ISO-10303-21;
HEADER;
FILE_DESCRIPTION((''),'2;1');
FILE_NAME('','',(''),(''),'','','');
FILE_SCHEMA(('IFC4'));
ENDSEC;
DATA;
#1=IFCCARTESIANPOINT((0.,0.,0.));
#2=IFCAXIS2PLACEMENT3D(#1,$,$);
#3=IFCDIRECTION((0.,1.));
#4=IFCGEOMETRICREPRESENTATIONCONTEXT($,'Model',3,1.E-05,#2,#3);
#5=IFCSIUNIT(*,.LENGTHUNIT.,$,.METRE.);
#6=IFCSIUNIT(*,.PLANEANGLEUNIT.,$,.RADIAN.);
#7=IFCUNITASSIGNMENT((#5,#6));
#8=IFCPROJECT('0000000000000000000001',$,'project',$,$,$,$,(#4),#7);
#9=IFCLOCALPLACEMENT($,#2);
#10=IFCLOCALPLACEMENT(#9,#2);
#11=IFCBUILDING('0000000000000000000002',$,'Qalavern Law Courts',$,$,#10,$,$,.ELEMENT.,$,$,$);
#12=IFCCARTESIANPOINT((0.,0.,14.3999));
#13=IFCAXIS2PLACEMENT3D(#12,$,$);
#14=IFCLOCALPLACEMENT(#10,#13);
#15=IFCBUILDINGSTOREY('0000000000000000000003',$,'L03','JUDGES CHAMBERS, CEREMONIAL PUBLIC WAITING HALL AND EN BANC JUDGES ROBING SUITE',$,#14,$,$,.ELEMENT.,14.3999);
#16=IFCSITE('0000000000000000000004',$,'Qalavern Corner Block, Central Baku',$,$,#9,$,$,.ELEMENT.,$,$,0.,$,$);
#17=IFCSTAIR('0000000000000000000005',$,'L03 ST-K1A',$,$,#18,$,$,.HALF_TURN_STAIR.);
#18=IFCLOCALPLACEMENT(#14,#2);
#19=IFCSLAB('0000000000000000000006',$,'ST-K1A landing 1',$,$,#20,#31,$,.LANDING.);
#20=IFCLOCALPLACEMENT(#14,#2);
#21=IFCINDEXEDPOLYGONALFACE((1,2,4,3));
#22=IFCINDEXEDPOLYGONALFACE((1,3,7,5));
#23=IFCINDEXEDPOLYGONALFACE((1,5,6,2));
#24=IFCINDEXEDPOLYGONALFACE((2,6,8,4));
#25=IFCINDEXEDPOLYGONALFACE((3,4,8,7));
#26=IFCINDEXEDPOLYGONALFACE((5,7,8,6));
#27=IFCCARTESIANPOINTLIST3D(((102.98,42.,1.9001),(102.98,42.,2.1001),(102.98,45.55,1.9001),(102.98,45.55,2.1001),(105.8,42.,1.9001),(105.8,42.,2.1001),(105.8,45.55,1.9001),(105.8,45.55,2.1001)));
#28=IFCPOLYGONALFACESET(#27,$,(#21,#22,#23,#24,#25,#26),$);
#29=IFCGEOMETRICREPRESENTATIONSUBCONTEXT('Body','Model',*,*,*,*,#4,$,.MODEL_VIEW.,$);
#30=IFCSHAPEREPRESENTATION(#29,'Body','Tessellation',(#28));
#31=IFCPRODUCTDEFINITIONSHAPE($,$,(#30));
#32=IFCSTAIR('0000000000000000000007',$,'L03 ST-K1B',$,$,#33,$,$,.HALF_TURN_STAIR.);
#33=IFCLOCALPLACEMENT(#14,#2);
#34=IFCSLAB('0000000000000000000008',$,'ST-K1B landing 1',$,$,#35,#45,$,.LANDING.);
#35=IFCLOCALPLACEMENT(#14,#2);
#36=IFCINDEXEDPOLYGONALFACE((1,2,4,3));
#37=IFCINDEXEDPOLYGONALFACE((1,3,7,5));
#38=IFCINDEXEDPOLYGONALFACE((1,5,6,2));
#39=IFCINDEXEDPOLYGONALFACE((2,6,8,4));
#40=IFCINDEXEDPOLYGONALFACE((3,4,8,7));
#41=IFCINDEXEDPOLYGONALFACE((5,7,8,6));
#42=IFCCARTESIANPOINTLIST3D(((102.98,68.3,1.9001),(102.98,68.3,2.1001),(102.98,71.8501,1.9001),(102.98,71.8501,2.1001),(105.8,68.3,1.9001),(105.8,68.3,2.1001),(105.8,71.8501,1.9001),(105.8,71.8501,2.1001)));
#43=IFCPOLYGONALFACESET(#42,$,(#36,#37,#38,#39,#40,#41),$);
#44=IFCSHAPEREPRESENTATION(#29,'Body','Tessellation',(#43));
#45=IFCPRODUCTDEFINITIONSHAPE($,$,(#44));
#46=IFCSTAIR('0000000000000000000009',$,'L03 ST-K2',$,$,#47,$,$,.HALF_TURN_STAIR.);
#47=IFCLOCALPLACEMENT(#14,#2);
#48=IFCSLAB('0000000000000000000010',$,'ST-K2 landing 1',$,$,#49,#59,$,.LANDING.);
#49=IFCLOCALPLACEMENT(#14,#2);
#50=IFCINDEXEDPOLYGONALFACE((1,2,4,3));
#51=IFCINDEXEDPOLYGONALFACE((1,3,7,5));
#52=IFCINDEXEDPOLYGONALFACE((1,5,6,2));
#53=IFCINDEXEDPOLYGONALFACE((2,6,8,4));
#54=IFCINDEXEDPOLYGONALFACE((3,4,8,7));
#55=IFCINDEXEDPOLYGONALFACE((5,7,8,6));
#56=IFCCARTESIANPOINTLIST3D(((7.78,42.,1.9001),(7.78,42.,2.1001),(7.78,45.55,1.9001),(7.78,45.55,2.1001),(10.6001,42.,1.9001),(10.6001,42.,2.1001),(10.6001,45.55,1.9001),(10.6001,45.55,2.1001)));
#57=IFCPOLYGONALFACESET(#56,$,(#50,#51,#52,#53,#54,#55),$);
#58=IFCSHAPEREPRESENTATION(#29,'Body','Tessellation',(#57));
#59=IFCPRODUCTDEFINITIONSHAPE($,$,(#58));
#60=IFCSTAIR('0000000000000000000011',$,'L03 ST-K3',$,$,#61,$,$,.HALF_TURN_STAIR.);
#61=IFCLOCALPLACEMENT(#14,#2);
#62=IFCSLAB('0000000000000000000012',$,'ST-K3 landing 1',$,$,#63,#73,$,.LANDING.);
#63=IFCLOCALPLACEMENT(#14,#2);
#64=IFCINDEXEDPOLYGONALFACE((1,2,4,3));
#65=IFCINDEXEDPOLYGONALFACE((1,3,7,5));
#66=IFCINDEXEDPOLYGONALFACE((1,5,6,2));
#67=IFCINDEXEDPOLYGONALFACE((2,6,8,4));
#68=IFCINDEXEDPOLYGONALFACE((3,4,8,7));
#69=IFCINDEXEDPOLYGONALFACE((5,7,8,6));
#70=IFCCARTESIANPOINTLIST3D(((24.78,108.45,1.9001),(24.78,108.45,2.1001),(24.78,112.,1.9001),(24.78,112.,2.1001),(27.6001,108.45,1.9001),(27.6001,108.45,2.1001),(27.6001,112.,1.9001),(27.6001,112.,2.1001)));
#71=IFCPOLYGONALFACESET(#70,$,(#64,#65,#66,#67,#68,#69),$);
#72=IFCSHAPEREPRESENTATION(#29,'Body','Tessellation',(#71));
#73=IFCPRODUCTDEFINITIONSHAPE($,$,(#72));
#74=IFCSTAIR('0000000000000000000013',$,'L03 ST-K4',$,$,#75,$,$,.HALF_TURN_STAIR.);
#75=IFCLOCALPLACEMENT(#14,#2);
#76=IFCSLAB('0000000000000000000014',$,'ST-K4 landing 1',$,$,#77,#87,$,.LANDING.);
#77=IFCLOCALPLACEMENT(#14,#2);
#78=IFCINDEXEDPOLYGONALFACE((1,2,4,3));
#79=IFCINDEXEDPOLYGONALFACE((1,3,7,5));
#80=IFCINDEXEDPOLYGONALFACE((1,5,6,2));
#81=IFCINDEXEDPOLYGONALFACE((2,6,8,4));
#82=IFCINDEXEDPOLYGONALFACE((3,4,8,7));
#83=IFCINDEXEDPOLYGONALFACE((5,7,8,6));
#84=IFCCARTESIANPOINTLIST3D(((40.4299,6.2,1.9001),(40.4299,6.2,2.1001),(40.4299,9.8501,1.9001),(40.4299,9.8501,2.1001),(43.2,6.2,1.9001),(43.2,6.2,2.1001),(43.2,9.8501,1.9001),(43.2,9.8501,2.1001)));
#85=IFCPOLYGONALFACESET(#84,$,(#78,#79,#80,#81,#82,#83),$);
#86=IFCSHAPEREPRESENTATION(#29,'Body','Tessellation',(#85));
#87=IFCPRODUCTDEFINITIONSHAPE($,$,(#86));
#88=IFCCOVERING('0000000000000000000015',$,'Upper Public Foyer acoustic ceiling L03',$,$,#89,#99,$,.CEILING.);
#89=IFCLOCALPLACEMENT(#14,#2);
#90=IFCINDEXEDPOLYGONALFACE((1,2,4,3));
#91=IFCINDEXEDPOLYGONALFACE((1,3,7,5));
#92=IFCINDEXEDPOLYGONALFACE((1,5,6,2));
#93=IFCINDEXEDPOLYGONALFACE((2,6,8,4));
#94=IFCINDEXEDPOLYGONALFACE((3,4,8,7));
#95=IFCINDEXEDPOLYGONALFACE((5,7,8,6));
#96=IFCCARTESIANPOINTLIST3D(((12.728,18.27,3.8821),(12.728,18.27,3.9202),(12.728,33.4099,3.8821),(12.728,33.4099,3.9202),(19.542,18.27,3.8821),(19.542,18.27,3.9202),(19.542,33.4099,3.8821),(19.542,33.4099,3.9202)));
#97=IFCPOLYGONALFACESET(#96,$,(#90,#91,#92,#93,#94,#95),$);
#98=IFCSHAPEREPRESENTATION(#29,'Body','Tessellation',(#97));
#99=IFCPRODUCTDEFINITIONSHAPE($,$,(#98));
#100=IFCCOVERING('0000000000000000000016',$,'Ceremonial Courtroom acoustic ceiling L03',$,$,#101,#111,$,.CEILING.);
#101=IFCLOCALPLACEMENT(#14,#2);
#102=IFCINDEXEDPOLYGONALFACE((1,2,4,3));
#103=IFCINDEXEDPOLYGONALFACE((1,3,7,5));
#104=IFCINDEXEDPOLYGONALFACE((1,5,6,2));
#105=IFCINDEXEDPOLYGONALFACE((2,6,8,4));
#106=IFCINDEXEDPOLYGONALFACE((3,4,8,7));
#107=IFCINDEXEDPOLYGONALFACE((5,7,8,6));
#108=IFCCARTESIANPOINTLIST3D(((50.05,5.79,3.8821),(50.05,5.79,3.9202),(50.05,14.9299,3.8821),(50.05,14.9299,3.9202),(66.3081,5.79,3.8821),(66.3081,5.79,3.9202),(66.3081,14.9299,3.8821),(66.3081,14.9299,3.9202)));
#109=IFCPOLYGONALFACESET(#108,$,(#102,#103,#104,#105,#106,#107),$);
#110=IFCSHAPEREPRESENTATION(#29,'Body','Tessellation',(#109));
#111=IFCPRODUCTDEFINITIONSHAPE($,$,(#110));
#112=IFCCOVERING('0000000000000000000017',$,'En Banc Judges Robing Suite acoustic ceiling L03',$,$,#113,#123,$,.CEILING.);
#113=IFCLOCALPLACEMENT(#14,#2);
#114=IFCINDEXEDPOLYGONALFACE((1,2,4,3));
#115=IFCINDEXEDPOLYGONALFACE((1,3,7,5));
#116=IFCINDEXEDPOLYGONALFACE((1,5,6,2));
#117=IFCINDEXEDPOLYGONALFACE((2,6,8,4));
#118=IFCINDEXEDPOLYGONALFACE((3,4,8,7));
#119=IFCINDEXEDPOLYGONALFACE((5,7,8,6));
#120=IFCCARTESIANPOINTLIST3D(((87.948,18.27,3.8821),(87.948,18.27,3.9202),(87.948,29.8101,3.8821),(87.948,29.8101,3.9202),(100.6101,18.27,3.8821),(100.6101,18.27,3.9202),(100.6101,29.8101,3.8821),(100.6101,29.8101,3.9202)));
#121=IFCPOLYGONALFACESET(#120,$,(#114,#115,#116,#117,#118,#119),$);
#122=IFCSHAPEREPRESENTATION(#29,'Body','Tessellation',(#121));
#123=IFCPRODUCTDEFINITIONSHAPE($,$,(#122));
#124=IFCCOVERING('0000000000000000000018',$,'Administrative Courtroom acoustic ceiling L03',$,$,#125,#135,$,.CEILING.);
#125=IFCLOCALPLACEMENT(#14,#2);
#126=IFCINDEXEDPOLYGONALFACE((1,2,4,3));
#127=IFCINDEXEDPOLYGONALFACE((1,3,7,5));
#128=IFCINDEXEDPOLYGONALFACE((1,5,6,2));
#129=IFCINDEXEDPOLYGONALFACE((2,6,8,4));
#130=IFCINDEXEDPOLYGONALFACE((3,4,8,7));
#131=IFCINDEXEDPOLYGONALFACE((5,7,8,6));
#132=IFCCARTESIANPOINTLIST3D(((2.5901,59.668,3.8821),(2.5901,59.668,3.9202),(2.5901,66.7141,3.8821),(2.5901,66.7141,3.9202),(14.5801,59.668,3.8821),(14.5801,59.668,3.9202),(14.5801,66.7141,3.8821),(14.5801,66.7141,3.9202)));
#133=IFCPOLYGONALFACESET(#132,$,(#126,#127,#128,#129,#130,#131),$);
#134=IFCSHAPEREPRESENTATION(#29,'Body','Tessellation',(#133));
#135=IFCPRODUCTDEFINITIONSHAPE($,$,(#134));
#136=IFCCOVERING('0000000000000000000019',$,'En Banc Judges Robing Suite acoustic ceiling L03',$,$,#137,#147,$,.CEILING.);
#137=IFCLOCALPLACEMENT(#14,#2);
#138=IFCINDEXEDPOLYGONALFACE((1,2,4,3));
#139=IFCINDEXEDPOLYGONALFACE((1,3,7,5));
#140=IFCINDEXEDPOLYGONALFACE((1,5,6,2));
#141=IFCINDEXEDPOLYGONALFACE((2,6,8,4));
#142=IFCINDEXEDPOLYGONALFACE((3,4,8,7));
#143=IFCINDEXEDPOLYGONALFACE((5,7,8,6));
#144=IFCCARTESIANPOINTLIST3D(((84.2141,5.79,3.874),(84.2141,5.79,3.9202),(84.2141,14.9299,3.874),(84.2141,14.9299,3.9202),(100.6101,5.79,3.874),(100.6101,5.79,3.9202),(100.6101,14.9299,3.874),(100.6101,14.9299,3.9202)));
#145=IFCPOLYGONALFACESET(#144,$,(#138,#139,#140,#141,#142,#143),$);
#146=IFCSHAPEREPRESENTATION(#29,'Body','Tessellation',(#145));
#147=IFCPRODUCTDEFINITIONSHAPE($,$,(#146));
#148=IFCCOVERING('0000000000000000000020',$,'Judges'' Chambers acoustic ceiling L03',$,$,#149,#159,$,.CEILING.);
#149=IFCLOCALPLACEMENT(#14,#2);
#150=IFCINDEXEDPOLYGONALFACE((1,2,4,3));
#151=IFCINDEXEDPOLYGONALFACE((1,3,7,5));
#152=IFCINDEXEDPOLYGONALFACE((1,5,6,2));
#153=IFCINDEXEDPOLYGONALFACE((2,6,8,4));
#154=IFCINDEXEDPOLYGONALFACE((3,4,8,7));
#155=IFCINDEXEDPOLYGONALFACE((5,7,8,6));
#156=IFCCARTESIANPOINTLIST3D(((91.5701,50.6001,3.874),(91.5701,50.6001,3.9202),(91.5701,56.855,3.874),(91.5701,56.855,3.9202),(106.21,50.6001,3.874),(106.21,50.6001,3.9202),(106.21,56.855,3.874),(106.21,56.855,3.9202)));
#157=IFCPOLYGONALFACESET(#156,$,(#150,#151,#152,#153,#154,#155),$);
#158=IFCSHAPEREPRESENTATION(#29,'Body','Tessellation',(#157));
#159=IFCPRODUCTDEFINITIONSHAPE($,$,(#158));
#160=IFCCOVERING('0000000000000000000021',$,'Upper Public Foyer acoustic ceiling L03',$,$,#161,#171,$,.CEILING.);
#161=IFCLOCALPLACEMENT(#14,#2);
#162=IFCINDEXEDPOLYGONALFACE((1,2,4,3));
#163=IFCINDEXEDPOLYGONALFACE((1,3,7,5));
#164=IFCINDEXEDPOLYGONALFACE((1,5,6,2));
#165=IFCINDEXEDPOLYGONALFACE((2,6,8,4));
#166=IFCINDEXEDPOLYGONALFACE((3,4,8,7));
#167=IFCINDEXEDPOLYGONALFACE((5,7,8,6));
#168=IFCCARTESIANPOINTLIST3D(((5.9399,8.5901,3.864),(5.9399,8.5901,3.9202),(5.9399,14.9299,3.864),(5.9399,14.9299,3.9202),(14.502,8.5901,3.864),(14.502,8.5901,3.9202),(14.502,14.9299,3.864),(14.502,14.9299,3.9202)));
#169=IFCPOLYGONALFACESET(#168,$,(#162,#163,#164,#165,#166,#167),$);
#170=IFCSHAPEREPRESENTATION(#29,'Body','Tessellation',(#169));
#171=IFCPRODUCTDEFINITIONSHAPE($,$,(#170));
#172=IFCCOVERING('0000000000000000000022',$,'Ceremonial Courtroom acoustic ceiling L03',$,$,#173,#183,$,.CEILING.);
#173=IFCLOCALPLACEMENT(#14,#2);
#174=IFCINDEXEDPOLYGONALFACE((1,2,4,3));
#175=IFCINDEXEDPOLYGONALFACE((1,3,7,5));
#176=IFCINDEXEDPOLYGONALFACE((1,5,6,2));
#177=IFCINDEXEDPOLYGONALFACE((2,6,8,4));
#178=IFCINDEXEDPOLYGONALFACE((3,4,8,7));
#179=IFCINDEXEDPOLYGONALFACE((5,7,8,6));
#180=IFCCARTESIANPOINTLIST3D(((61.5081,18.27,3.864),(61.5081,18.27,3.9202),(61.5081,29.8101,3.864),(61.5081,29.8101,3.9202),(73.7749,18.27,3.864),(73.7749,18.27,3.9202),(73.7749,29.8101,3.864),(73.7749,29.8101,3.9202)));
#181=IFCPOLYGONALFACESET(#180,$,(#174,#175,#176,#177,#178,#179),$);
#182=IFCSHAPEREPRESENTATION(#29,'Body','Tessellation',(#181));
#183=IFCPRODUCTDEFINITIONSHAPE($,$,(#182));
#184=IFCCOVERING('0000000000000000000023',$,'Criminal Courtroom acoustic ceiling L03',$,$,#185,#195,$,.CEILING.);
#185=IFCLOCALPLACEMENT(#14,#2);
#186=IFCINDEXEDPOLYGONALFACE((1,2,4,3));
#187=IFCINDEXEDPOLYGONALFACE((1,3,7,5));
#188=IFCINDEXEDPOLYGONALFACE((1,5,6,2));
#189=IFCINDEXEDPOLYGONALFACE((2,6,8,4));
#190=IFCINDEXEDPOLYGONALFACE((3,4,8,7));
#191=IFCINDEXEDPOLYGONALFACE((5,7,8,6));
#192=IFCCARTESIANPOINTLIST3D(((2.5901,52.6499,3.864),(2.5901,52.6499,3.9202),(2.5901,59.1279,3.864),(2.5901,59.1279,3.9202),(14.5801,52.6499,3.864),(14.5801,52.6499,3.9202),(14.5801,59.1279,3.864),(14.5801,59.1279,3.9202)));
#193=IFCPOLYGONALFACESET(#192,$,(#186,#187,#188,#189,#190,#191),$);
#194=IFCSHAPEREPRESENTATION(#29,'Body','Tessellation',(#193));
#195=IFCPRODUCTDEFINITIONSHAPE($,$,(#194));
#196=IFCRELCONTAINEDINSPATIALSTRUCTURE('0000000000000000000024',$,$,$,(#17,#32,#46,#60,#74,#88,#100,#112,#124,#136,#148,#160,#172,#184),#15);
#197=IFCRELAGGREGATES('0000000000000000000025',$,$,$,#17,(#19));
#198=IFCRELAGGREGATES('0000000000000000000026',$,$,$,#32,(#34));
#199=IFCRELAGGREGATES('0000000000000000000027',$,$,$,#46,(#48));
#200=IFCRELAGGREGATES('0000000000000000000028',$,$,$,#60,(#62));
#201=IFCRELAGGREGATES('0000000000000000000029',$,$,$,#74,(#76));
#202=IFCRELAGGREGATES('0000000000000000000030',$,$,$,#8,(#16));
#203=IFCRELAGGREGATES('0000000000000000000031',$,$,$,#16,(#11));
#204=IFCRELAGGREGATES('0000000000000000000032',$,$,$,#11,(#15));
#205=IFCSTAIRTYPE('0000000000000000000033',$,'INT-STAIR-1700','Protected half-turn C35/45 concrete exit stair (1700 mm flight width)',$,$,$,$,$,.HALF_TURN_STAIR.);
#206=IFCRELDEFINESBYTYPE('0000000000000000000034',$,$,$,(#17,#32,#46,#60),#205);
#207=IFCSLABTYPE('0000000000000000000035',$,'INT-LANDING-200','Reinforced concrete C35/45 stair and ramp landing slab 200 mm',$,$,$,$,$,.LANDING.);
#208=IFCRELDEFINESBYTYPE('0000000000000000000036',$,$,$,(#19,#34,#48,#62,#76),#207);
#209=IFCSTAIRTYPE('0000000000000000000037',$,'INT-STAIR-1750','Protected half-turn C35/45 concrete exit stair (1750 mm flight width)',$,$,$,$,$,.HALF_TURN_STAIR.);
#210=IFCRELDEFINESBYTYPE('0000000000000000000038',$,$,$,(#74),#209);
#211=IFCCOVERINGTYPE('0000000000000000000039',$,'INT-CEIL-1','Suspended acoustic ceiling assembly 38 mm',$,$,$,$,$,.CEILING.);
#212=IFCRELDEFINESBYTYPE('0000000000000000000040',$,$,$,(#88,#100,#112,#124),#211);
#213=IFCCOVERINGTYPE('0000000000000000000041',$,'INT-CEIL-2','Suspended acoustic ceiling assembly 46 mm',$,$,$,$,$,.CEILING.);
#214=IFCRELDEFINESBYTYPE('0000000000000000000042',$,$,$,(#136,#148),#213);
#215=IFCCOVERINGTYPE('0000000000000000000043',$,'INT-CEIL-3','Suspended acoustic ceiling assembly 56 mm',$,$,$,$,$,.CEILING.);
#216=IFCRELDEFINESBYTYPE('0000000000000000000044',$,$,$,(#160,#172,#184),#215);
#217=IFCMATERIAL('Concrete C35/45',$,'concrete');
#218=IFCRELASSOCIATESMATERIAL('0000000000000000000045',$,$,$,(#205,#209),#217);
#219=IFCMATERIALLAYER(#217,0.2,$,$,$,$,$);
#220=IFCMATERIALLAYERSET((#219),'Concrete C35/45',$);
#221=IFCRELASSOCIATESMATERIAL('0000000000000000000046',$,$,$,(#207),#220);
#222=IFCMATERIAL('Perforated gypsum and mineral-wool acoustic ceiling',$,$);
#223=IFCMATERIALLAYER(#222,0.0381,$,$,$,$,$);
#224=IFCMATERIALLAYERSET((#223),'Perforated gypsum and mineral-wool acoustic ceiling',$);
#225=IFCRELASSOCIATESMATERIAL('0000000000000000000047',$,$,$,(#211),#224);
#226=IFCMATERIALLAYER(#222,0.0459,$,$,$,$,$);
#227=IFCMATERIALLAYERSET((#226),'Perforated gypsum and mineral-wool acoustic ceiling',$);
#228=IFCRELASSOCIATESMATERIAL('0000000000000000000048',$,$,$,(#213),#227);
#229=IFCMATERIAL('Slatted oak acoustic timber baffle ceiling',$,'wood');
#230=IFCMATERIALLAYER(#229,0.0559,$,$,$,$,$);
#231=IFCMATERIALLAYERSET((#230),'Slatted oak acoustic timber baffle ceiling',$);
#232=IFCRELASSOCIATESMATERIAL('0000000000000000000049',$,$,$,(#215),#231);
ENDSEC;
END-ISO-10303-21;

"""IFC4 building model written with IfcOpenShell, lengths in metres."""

from ifc_helpers import new_model, si_unit, direction, frame, origin, place, context, subcontext, project, spatial, polyline, outline, extrude, material, layer, layer_set, type_object, element, aggregate, save


model = new_model("IFC4")

# Units and contexts
model_context = context("Model", 3, precision=1e-05, world=origin(), true_north=direction((0.0, 1.0)))
body_context = subcontext(model_context, "Body", "Model", "MODEL_VIEW")
ifc_project = project(units=[si_unit("LENGTHUNIT", "METRE"), si_unit("PLANEANGLEUNIT", "RADIAN")], contexts=[model_context])

# Site, building, storey
site_placement = place(None, origin())
site = spatial("IfcSite", under=ifc_project, at=site_placement, Name="Qalavern Corner Block, Central Baku", CompositionType="ELEMENT", RefElevation=0.0)
building_placement = place(site_placement, origin())
building = spatial("IfcBuilding", under=site, at=building_placement, Name="Qalavern Law Courts", CompositionType="ELEMENT")
storey_placement = place(building_placement, frame((0.0, 0.0, 14.3999)))
storey = spatial("IfcBuildingStorey", under=building, at=storey_placement, Name="L03", Description="JUDGES CHAMBERS, CEREMONIAL PUBLIC WAITING HALL AND EN BANC JUDGES ROBING SUITE", CompositionType="ELEMENT", Elevation=14.3999)

# Stairs, slabs
ifc_material_1 = material(Name="Concrete C35/45", Category="concrete")
stair_type_1 = type_object("IfcStairType", Name="INT-STAIR-1700", Description="Protected half-turn C35/45 concrete exit stair (1700 mm flight width)", PredefinedType="HALF_TURN_STAIR", material=ifc_material_1)
stair_1_placement = place(storey_placement, origin())
stair_1 = element("IfcStair", 1, at=stair_1_placement, inside=storey, type_object=stair_type_1, Name="L03 ST-K1A", PredefinedType="HALF_TURN_STAIR")
ifc_layer_1 = layer(ifc_material_1, 0.2)
ifc_layer_set_1 = layer_set([ifc_layer_1], Name="Concrete C35/45")
slab_type = type_object("IfcSlabType", Name="INT-LANDING-200", Description="Reinforced concrete C35/45 stair and ramp landing slab 200 mm", PredefinedType="LANDING", material=ifc_layer_set_1)
slab_1_placement = place(storey_placement, frame((0.0, 0.0, 1.9001)))
slab_1 = element("IfcSlab", 2, at=slab_1_placement, type_object=slab_type, Name="ST-K1A landing 1", PredefinedType="LANDING", context=body_context, shape_type="SweptSolid", body=[
    extrude(outline(polyline([(102.98, 42.0), (105.8, 42.0), (105.8, 45.55), (102.98, 45.55), (102.98, 42.0)])), origin(), (0.0, 0.0, 1.0), 0.2),
])
aggregate(stair_1, [slab_1])
stair_2_placement = place(storey_placement, origin())
stair_2 = element("IfcStair", 3, at=stair_2_placement, inside=storey, type_object=stair_type_1, Name="L03 ST-K1B", PredefinedType="HALF_TURN_STAIR")
slab_2_placement = place(storey_placement, frame((0.0, 0.0, 1.9001)))
slab_2 = element("IfcSlab", 4, at=slab_2_placement, type_object=slab_type, Name="ST-K1B landing 1", PredefinedType="LANDING", context=body_context, shape_type="SweptSolid", body=[
    extrude(outline(polyline([(102.98, 68.3), (105.8, 68.3), (105.8, 71.8501), (102.98, 71.8501), (102.98, 68.3)])), origin(), (0.0, 0.0, 1.0), 0.2),
])
aggregate(stair_2, [slab_2])
stair_3_placement = place(storey_placement, origin())
stair_3 = element("IfcStair", 5, at=stair_3_placement, inside=storey, type_object=stair_type_1, Name="L03 ST-K2", PredefinedType="HALF_TURN_STAIR")
slab_3_placement = place(storey_placement, frame((0.0, 0.0, 1.9001)))
slab_3 = element("IfcSlab", 6, at=slab_3_placement, type_object=slab_type, Name="ST-K2 landing 1", PredefinedType="LANDING", context=body_context, shape_type="SweptSolid", body=[
    extrude(outline(polyline([(7.78, 42.0), (10.6001, 42.0), (10.6001, 45.55), (7.78, 45.55), (7.78, 42.0)])), origin(), (0.0, 0.0, 1.0), 0.2),
])
aggregate(stair_3, [slab_3])
stair_4_placement = place(storey_placement, origin())
stair_4 = element("IfcStair", 7, at=stair_4_placement, inside=storey, type_object=stair_type_1, Name="L03 ST-K3", PredefinedType="HALF_TURN_STAIR")
slab_4_placement = place(storey_placement, frame((0.0, 0.0, 1.9001)))
slab_4 = element("IfcSlab", 8, at=slab_4_placement, type_object=slab_type, Name="ST-K3 landing 1", PredefinedType="LANDING", context=body_context, shape_type="SweptSolid", body=[
    extrude(outline(polyline([(24.78, 108.45), (27.6001, 108.45), (27.6001, 112.0), (24.78, 112.0), (24.78, 108.45)])), origin(), (0.0, 0.0, 1.0), 0.2),
])
aggregate(stair_4, [slab_4])
stair_type_2 = type_object("IfcStairType", Name="INT-STAIR-1750", Description="Protected half-turn C35/45 concrete exit stair (1750 mm flight width)", PredefinedType="HALF_TURN_STAIR", material=ifc_material_1)
stair_5_placement = place(storey_placement, origin())
stair_5 = element("IfcStair", 9, at=stair_5_placement, inside=storey, type_object=stair_type_2, Name="L03 ST-K4", PredefinedType="HALF_TURN_STAIR")
slab_5_placement = place(storey_placement, frame((0.0, 0.0, 1.9001)))
slab_5 = element("IfcSlab", 10, at=slab_5_placement, type_object=slab_type, Name="ST-K4 landing 1", PredefinedType="LANDING", context=body_context, shape_type="SweptSolid", body=[
    extrude(outline(polyline([(40.4299, 6.2), (43.2, 6.2), (43.2, 9.8501), (40.4299, 9.8501), (40.4299, 6.2)])), origin(), (0.0, 0.0, 1.0), 0.2),
])
aggregate(stair_5, [slab_5])

# Coverings
ifc_material_2 = material(Name="Perforated gypsum and mineral-wool acoustic ceiling")
ifc_layer_2 = layer(ifc_material_2, 0.0381)
ifc_layer_set_2 = layer_set([ifc_layer_2], Name="Perforated gypsum and mineral-wool acoustic ceiling")
covering_type_1 = type_object("IfcCoveringType", Name="INT-CEIL-1", Description="Suspended acoustic ceiling assembly 38 mm", PredefinedType="CEILING", material=ifc_layer_set_2)
covering_1_placement = place(storey_placement, frame((0.0, 0.0, 3.8821)))
element("IfcCovering", 11, at=covering_1_placement, inside=storey, type_object=covering_type_1, Name="Upper Public Foyer acoustic ceiling L03", PredefinedType="CEILING", context=body_context, shape_type="SweptSolid", body=[
    extrude(outline(polyline([(12.728, 18.27), (19.542, 18.27), (19.542, 33.4099), (12.728, 33.4099), (12.728, 18.27)])), origin(), (0.0, 0.0, 1.0), 0.0381),
])
covering_2_placement = place(storey_placement, frame((0.0, 0.0, 3.8821)))
element("IfcCovering", 12, at=covering_2_placement, inside=storey, type_object=covering_type_1, Name="Ceremonial Courtroom acoustic ceiling L03", PredefinedType="CEILING", context=body_context, shape_type="SweptSolid", body=[
    extrude(outline(polyline([(50.05, 5.79), (66.3081, 5.79), (66.3081, 14.9299), (50.05, 14.9299), (50.05, 5.79)])), origin(), (0.0, 0.0, 1.0), 0.0381),
])
covering_3_placement = place(storey_placement, frame((0.0, 0.0, 3.8821)))
element("IfcCovering", 13, at=covering_3_placement, inside=storey, type_object=covering_type_1, Name="En Banc Judges Robing Suite acoustic ceiling L03", PredefinedType="CEILING", context=body_context, shape_type="SweptSolid", body=[
    extrude(outline(polyline([(87.948, 18.27), (100.6101, 18.27), (100.6101, 29.8101), (87.948, 29.8101), (87.948, 18.27)])), origin(), (0.0, 0.0, 1.0), 0.0381),
])
covering_4_placement = place(storey_placement, frame((0.0, 0.0, 3.8821)))
element("IfcCovering", 14, at=covering_4_placement, inside=storey, type_object=covering_type_1, Name="Administrative Courtroom acoustic ceiling L03", PredefinedType="CEILING", context=body_context, shape_type="SweptSolid", body=[
    extrude(outline(polyline([(2.5901, 59.668), (14.5801, 59.668), (14.5801, 66.7141), (2.5901, 66.7141), (2.5901, 59.668)])), origin(), (0.0, 0.0, 1.0), 0.0381),
])
ifc_layer_3 = layer(ifc_material_2, 0.0459)
ifc_layer_set_3 = layer_set([ifc_layer_3], Name="Perforated gypsum and mineral-wool acoustic ceiling")
covering_type_2 = type_object("IfcCoveringType", Name="INT-CEIL-2", Description="Suspended acoustic ceiling assembly 46 mm", PredefinedType="CEILING", material=ifc_layer_set_3)
covering_5_placement = place(storey_placement, frame((0.0, 0.0, 3.874)))
element("IfcCovering", 15, at=covering_5_placement, inside=storey, type_object=covering_type_2, Name="En Banc Judges Robing Suite acoustic ceiling L03", PredefinedType="CEILING", context=body_context, shape_type="SweptSolid", body=[
    extrude(outline(polyline([(84.2141, 5.79), (100.6101, 5.79), (100.6101, 14.9299), (84.2141, 14.9299), (84.2141, 5.79)])), origin(), (0.0, 0.0, 1.0), 0.0461),
])
covering_6_placement = place(storey_placement, frame((0.0, 0.0, 3.874)))
element("IfcCovering", 16, at=covering_6_placement, inside=storey, type_object=covering_type_2, Name="Judges' Chambers acoustic ceiling L03", PredefinedType="CEILING", context=body_context, shape_type="SweptSolid", body=[
    extrude(outline(polyline([(91.5701, 50.6001), (106.21, 50.6001), (106.21, 56.855), (91.5701, 56.855), (91.5701, 50.6001)])), origin(), (0.0, 0.0, 1.0), 0.0461),
])
ifc_material_3 = material(Name="Slatted oak acoustic timber baffle ceiling", Category="wood")
ifc_layer_4 = layer(ifc_material_3, 0.0559)
ifc_layer_set_4 = layer_set([ifc_layer_4], Name="Slatted oak acoustic timber baffle ceiling")
covering_type_3 = type_object("IfcCoveringType", Name="INT-CEIL-3", Description="Suspended acoustic ceiling assembly 56 mm", PredefinedType="CEILING", material=ifc_layer_set_4)
covering_7_placement = place(storey_placement, frame((0.0, 0.0, 3.864)))
element("IfcCovering", 17, at=covering_7_placement, inside=storey, type_object=covering_type_3, Name="Upper Public Foyer acoustic ceiling L03", PredefinedType="CEILING", context=body_context, shape_type="SweptSolid", body=[
    extrude(outline(polyline([(5.9399, 8.5901), (14.502, 8.5901), (14.502, 14.9299), (5.9399, 14.9299), (5.9399, 8.5901)])), origin(), (0.0, 0.0, 1.0), 0.0562),
])
covering_8_placement = place(storey_placement, frame((0.0, 0.0, 3.864)))
element("IfcCovering", 18, at=covering_8_placement, inside=storey, type_object=covering_type_3, Name="Ceremonial Courtroom acoustic ceiling L03", PredefinedType="CEILING", context=body_context, shape_type="SweptSolid", body=[
    extrude(outline(polyline([(61.5081, 18.27), (73.7749, 18.27), (73.7749, 29.8101), (61.5081, 29.8101), (61.5081, 18.27)])), origin(), (0.0, 0.0, 1.0), 0.0562),
])
covering_9_placement = place(storey_placement, frame((0.0, 0.0, 3.864)))
element("IfcCovering", 19, at=covering_9_placement, inside=storey, type_object=covering_type_3, Name="Criminal Courtroom acoustic ceiling L03", PredefinedType="CEILING", context=body_context, shape_type="SweptSolid", body=[
    extrude(outline(polyline([(2.5901, 52.6499), (14.5801, 52.6499), (14.5801, 59.1279), (2.5901, 59.1279), (2.5901, 52.6499)])), origin(), (0.0, 0.0, 1.0), 0.0562),
])

save(model, "model.ifc")
